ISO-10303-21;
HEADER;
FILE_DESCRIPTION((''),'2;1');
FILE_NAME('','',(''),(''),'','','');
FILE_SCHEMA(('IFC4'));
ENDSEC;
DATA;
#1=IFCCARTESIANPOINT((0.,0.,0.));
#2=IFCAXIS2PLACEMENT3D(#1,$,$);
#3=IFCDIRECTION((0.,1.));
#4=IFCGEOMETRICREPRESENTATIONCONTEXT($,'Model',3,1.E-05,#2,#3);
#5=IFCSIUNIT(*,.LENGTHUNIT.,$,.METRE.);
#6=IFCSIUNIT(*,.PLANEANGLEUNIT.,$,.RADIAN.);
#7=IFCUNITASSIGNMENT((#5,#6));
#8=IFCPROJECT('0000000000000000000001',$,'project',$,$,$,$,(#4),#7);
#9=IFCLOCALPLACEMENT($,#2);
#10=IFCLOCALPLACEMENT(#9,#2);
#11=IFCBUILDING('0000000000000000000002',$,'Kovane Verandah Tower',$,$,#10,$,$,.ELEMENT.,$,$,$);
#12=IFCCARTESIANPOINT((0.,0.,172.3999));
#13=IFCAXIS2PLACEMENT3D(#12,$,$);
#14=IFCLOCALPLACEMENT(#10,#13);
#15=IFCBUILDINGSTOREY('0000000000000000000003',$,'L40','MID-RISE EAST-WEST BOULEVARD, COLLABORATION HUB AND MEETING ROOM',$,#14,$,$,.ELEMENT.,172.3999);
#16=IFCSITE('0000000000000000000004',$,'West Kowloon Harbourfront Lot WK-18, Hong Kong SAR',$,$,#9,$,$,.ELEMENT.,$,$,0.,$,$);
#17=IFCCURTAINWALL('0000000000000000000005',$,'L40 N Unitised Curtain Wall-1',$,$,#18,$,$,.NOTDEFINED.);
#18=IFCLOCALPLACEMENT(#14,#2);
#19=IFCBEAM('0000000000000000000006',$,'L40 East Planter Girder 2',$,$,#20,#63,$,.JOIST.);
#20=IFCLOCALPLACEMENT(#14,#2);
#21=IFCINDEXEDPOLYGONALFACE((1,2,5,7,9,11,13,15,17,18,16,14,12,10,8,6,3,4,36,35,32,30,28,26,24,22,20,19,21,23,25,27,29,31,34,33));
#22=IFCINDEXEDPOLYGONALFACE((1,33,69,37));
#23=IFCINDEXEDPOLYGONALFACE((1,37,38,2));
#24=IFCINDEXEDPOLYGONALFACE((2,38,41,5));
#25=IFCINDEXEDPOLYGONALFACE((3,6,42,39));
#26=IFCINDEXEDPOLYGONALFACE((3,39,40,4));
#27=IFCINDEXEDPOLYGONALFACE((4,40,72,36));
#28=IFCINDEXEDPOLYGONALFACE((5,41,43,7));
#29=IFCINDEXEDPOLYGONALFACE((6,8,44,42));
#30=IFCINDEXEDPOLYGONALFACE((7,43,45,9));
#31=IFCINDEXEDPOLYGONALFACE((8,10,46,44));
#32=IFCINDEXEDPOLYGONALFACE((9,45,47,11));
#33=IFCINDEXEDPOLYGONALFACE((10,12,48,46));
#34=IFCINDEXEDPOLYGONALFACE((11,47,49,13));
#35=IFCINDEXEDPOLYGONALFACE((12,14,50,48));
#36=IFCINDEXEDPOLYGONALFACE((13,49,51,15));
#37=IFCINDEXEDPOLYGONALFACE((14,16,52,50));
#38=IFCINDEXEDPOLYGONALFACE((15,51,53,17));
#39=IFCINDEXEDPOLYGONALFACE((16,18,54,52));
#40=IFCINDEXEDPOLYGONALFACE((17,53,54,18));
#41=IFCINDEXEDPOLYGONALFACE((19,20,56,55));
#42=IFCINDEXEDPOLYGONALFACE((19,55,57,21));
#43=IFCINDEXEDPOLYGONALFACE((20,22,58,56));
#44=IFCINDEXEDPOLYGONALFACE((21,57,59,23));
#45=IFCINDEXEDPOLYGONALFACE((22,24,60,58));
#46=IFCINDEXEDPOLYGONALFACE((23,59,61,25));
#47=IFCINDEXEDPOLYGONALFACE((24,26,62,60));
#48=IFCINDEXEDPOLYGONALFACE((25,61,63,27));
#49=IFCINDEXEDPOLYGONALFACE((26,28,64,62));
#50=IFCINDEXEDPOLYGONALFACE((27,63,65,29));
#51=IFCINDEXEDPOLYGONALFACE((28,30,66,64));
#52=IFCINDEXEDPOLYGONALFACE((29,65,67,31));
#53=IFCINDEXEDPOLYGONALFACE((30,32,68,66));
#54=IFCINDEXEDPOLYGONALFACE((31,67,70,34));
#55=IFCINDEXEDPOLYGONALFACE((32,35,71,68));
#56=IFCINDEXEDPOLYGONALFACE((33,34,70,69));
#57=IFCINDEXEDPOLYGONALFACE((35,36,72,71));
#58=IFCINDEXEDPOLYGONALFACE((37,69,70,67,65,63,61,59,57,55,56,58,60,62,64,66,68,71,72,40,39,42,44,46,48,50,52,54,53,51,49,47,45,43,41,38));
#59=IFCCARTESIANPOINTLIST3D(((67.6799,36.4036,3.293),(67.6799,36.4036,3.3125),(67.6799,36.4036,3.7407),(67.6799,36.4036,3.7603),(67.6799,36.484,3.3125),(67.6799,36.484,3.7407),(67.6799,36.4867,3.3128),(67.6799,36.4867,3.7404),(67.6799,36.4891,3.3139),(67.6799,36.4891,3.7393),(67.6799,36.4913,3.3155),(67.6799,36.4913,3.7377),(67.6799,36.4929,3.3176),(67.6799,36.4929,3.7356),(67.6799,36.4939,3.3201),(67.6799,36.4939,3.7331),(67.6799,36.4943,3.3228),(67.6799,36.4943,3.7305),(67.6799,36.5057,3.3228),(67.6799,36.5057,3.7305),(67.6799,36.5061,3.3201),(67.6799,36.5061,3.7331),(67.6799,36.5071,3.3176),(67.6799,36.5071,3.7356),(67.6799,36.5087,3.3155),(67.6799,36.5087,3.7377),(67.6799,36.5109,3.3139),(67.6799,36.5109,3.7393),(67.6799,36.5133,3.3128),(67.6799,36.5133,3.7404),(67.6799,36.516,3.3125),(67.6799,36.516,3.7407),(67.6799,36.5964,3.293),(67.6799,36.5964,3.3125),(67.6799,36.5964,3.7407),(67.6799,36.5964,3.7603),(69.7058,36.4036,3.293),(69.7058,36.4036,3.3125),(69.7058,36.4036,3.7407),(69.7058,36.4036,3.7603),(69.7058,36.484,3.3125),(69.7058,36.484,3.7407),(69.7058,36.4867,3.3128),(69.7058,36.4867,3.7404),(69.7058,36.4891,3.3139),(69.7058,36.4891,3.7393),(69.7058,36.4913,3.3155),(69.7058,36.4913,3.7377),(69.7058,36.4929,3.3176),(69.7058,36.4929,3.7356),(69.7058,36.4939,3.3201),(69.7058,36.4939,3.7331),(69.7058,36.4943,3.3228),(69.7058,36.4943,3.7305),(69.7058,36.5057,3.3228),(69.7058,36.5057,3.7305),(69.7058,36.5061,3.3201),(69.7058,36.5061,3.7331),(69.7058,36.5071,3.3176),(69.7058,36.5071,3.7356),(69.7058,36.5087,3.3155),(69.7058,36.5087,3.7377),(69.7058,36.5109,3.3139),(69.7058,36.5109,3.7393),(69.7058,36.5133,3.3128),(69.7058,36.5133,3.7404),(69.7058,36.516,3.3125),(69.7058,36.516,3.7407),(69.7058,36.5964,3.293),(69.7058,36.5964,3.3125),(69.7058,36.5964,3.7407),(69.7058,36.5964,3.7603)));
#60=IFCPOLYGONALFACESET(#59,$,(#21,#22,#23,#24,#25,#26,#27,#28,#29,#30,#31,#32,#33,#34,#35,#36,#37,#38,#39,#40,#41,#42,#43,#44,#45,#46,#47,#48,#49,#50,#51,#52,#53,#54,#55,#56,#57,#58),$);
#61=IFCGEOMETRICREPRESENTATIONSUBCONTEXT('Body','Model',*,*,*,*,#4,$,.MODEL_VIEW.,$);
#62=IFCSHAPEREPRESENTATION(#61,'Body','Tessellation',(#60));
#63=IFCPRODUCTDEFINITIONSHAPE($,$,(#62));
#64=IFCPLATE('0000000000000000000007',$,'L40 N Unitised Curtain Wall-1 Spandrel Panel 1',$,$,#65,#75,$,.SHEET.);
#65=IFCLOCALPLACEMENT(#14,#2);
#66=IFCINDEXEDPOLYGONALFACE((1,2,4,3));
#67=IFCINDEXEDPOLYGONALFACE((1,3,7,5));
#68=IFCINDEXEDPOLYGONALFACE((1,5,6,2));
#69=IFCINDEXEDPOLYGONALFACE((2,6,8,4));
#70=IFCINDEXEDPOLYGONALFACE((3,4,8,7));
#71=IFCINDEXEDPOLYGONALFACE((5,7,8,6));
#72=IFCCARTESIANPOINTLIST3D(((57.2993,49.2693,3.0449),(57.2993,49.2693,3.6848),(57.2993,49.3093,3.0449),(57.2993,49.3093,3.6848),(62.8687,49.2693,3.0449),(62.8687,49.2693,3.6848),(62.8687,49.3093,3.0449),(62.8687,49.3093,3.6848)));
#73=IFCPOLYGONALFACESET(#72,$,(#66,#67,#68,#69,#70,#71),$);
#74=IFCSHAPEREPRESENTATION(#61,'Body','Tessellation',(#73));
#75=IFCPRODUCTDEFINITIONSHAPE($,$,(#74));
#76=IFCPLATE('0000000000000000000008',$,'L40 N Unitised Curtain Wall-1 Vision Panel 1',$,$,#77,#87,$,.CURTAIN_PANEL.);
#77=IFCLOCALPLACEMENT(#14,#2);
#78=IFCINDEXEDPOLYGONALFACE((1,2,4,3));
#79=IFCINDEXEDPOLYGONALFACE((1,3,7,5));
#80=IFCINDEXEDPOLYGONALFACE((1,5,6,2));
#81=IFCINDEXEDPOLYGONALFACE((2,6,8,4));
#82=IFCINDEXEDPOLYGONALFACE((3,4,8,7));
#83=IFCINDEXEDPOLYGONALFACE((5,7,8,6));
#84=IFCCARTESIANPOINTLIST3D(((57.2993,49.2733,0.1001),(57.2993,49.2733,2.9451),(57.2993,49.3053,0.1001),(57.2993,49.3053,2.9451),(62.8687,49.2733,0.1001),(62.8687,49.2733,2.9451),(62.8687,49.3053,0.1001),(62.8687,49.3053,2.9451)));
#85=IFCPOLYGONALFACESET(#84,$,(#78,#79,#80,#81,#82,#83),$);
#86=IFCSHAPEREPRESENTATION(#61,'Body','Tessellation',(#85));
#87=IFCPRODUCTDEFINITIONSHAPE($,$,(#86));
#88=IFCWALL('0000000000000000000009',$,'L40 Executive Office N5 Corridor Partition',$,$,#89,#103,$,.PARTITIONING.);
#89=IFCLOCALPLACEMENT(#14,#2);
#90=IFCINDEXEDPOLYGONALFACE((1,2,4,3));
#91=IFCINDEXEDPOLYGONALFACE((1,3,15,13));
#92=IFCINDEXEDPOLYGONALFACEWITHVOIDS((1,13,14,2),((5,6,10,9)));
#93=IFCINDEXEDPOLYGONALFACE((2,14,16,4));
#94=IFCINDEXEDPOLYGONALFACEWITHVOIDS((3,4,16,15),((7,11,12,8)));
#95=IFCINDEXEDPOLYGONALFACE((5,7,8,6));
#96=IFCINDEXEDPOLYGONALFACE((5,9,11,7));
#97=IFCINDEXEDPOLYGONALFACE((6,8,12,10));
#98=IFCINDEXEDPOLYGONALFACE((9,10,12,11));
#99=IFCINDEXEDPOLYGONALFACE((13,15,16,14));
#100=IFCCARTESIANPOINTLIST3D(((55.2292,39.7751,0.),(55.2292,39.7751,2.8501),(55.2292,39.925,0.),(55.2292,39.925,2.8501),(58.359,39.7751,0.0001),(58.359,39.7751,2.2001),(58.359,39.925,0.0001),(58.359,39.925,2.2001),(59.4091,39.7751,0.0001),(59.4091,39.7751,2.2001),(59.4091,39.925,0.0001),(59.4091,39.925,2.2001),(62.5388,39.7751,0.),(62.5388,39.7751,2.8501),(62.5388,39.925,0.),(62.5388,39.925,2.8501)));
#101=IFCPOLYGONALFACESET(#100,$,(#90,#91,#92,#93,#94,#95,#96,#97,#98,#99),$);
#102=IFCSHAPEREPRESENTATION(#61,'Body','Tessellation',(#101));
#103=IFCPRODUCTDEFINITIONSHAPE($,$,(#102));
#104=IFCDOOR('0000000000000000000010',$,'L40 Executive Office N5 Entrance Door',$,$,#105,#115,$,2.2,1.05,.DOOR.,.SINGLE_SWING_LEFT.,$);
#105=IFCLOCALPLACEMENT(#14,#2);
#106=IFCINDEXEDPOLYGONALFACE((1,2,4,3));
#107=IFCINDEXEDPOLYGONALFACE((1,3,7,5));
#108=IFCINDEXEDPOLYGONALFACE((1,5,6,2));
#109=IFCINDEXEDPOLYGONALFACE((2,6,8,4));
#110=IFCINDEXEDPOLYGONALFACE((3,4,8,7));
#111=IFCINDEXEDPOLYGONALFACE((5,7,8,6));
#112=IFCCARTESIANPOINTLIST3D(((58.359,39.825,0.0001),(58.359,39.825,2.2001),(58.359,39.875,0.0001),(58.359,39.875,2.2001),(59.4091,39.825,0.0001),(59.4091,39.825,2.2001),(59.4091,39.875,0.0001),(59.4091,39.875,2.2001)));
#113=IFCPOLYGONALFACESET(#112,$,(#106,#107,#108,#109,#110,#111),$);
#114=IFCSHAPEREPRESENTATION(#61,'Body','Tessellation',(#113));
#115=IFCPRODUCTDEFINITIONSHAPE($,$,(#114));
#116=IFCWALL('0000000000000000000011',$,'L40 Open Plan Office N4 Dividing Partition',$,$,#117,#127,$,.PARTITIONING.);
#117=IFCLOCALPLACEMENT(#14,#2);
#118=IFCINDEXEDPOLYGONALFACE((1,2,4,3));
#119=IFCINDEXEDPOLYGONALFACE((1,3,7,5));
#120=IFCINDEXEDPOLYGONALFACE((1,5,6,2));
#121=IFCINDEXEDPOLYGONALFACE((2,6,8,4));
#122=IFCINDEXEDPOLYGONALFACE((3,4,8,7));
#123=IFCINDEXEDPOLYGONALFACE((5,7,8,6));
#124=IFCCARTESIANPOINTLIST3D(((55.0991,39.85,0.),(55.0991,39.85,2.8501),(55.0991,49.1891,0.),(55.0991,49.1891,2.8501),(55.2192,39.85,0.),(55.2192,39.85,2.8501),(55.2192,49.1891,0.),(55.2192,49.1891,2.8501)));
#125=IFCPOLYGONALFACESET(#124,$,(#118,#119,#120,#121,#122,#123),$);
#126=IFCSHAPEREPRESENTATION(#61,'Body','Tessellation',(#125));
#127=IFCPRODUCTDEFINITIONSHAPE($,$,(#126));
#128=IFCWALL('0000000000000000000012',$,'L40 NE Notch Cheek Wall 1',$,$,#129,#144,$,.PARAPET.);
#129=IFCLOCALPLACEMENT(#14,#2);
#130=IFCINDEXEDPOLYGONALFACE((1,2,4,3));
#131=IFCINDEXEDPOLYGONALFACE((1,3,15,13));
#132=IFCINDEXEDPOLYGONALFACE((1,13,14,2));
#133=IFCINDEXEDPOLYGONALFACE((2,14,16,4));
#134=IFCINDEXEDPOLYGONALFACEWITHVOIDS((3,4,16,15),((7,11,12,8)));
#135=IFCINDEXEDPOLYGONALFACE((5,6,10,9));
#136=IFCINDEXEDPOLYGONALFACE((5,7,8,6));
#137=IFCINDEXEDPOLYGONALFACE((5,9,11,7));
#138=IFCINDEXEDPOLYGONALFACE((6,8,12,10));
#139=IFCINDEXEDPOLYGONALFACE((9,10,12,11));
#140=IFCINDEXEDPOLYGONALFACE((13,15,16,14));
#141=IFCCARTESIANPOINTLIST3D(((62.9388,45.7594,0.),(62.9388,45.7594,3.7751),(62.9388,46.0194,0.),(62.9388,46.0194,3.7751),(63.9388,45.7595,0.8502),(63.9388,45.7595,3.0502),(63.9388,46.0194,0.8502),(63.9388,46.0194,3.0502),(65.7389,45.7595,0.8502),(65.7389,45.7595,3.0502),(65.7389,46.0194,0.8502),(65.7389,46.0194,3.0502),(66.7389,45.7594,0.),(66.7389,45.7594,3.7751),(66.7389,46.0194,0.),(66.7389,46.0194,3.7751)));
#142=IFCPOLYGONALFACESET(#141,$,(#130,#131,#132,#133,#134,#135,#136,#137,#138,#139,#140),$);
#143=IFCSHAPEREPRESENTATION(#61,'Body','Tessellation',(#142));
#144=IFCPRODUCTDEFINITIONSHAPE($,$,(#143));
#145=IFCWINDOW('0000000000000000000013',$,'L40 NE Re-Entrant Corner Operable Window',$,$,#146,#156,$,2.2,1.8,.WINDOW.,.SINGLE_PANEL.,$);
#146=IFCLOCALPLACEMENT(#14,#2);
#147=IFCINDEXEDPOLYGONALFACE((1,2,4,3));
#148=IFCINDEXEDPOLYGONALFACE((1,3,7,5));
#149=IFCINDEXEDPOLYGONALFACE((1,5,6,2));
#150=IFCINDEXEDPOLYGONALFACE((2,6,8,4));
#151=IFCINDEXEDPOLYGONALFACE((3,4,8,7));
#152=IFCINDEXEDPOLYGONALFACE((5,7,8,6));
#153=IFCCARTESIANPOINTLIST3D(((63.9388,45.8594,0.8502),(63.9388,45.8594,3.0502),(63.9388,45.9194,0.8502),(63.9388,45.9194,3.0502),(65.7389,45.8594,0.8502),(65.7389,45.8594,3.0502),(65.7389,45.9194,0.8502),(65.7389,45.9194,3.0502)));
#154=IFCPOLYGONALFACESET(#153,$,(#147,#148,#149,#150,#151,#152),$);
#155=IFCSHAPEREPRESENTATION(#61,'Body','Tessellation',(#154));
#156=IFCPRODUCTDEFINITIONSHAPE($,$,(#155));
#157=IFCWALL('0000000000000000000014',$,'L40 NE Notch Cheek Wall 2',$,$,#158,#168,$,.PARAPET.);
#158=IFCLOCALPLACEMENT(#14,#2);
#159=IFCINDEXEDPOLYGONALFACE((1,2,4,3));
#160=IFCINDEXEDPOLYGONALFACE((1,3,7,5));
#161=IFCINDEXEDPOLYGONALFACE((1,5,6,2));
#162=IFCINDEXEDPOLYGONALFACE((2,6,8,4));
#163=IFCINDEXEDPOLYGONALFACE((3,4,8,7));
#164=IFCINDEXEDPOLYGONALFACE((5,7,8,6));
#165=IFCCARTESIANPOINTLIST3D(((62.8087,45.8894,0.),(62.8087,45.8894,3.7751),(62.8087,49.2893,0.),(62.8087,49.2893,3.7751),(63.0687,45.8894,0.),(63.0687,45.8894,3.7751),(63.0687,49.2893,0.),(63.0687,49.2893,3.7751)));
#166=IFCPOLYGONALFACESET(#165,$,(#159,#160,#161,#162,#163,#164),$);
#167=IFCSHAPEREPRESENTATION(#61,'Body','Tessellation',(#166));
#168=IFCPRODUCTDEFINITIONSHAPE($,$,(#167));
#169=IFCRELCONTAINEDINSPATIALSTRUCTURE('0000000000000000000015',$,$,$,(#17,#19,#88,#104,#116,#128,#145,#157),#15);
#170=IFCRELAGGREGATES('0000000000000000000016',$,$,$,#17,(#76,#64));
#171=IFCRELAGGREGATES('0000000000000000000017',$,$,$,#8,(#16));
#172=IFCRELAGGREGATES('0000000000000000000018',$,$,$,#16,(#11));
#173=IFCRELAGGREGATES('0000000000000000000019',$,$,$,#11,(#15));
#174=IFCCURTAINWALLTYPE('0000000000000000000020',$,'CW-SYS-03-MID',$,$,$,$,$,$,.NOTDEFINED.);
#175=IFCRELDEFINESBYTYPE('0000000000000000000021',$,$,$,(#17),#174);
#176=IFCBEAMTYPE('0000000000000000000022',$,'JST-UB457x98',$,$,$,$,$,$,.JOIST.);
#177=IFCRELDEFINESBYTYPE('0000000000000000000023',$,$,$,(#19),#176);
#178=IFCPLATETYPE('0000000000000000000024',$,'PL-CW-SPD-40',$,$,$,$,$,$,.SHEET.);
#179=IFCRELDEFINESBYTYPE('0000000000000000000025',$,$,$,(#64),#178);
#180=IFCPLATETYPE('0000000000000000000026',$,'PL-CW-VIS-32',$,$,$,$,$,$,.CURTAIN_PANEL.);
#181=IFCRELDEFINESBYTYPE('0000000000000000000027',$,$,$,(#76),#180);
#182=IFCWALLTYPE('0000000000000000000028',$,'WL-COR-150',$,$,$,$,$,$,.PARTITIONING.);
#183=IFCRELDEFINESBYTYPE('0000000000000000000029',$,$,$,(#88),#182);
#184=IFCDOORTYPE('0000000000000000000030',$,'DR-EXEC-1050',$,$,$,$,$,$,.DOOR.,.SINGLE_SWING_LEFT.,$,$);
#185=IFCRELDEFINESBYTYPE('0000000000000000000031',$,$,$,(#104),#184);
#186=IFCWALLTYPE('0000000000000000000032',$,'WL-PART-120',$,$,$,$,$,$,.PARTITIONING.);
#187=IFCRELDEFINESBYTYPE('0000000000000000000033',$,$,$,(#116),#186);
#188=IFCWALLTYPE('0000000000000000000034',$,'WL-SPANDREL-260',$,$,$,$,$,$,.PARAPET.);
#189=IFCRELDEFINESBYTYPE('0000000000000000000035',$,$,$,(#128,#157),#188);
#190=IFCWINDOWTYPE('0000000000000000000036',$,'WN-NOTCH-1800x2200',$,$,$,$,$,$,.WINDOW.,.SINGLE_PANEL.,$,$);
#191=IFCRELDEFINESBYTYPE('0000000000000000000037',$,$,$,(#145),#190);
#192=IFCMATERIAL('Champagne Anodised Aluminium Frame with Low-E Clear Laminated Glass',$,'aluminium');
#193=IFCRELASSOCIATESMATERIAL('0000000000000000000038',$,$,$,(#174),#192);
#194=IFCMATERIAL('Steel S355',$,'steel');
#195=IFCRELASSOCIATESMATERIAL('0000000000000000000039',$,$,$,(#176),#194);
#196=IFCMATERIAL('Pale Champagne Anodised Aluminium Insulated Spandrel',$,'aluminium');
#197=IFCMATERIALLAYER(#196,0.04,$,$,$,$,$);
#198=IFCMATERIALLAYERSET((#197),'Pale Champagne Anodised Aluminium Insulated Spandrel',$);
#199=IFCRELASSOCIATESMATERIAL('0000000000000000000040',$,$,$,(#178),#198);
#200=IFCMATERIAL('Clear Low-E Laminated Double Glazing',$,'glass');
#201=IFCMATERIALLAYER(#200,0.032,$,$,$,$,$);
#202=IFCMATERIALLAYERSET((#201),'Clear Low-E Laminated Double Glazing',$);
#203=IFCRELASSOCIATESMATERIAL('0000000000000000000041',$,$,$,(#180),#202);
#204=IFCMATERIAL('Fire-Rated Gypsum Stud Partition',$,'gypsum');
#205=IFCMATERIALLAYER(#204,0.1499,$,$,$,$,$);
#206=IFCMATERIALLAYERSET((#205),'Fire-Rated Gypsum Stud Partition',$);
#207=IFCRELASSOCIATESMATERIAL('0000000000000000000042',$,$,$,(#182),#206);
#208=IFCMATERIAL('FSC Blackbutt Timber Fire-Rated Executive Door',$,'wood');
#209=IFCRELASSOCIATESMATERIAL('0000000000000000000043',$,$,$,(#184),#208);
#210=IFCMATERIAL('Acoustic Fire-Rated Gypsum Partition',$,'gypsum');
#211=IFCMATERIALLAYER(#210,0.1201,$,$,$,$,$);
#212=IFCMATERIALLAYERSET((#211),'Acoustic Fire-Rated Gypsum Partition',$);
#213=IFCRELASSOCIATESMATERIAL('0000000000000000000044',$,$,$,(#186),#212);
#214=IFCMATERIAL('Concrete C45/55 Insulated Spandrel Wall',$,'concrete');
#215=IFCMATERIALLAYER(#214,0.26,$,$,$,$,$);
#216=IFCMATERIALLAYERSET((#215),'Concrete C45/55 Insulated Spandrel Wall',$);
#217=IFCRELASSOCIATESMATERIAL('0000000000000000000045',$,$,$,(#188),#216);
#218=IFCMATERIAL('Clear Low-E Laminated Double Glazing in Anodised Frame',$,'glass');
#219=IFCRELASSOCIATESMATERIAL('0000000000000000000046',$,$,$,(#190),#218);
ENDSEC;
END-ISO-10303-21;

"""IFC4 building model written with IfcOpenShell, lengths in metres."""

from ifc_helpers import new_model, si_unit, direction, frame, frame_2d, origin, origin_2d, place, context, subcontext, project, spatial, rectangle, i_section, extrude, material, layer, layer_set, material_profile, profile_set, type_object, element, fill, aggregate, save


model = new_model("IFC4")

# Units and contexts
model_context = context("Model", 3, precision=1e-05, world=origin(), true_north=direction((0.0, 1.0)))
body_context = subcontext(model_context, "Body", "Model", "MODEL_VIEW")
ifc_project = project(units=[si_unit("LENGTHUNIT", "METRE"), si_unit("PLANEANGLEUNIT", "RADIAN")], contexts=[model_context])

# Site, building, storey
site_placement = place(None, origin())
site = spatial("IfcSite", under=ifc_project, at=site_placement, Name="West Kowloon Harbourfront Lot WK-18, Hong Kong SAR", CompositionType="ELEMENT", RefElevation=0.0)
building_placement = place(site_placement, origin())
building = spatial("IfcBuilding", under=site, at=building_placement, Name="Kovane Verandah Tower", CompositionType="ELEMENT")
storey_placement = place(building_placement, frame((0.0, 0.0, 172.3999)))
storey = spatial("IfcBuildingStorey", under=building, at=storey_placement, Name="L40", Description="MID-RISE EAST-WEST BOULEVARD, COLLABORATION HUB AND MEETING ROOM", CompositionType="ELEMENT", Elevation=172.3999)

# Shared definitions
ifc_material_1 = material(Name="Steel S355", Category="steel")

# Curtain wall
ifc_material_2 = material(Name="Champagne Anodised Aluminium Frame with Low-E Clear Laminated Glass", Category="aluminium")
curtain_wall_type = type_object("IfcCurtainWallType", Name="CW-SYS-03-MID", PredefinedType="NOTDEFINED", material=ifc_material_2)
curtain_wall_placement = place(storey_placement, origin())
curtain_wall = element("IfcCurtainWall", 1, at=curtain_wall_placement, inside=storey, type_object=curtain_wall_type, Name="L40 N Unitised Curtain Wall-1", PredefinedType="NOTDEFINED")

# Beam
ifc_material_profile_1 = material_profile(ifc_material_1, i_section(OverallWidth=0.1929, OverallDepth=0.4673, WebThickness=0.0115, FlangeThickness=0.0195, FilletRadius=0.0103, at=origin_2d()), Name="UB457x191x98")
ifc_profile_set_1 = profile_set([ifc_material_profile_1], Name="Steel S355")
beam_type_1 = type_object("IfcBeamType", Name="JST-UB457x98", PredefinedType="JOIST", material=ifc_profile_set_1)
beam_1_placement = place(storey_placement, frame((67.6799, 36.5, 3.5266), z_axis=(1.0, 0.0, 0.0), x_axis=(0.0, 1.0, 0.0)))
element("IfcBeam", 2, at=beam_1_placement, inside=storey, type_object=beam_type_1, Name="L40 East Planter Girder 2", PredefinedType="JOIST", context=body_context, shape_type="SweptSolid", body=[
    extrude(i_section(OverallWidth=0.1929, OverallDepth=0.4673, WebThickness=0.0115, FlangeThickness=0.0195, FilletRadius=0.0103, at=origin_2d()), origin(), (0.0, 0.0, 1.0), 2.0259),
])

# Plates
ifc_material_3 = material(Name="Pale Champagne Anodised Aluminium Insulated Spandrel", Category="aluminium")
ifc_layer_1 = layer(ifc_material_3, 0.04)
ifc_layer_set_1 = layer_set([ifc_layer_1], Name="Pale Champagne Anodised Aluminium Insulated Spandrel")
plate_type_1 = type_object("IfcPlateType", Name="PL-CW-SPD-40", PredefinedType="SHEET", material=ifc_layer_set_1)
plate_1_placement = place(storey_placement, frame((60.084, 49.2893, 3.0449), z_axis=(0.0, 0.0, 1.0), x_axis=(-1.0, 0.0, 0.0)))
plate_1 = element("IfcPlate", 3, at=plate_1_placement, type_object=plate_type_1, Name="L40 N Unitised Curtain Wall-1 Spandrel Panel 1", PredefinedType="SHEET", context=body_context, shape_type="SweptSolid", body=[
    extrude(rectangle(XDim=5.5693, YDim=0.04, at=origin_2d()), origin(), (0.0, 0.0, 1.0), 0.6399),
])
ifc_material_4 = material(Name="Clear Low-E Laminated Double Glazing", Category="glass")
ifc_layer_2 = layer(ifc_material_4, 0.032)
ifc_layer_set_2 = layer_set([ifc_layer_2], Name="Clear Low-E Laminated Double Glazing")
plate_type_2 = type_object("IfcPlateType", Name="PL-CW-VIS-32", PredefinedType="CURTAIN_PANEL", material=ifc_layer_set_2)
plate_2_placement = place(storey_placement, frame((60.084, 49.2893, 0.1001), z_axis=(0.0, 0.0, 1.0), x_axis=(-1.0, 0.0, 0.0)))
plate_2 = element("IfcPlate", 4, at=plate_2_placement, type_object=plate_type_2, Name="L40 N Unitised Curtain Wall-1 Vision Panel 1", PredefinedType="CURTAIN_PANEL", context=body_context, shape_type="SweptSolid", body=[
    extrude(rectangle(XDim=5.5693, YDim=0.032, at=origin_2d()), origin(), (0.0, 0.0, 1.0), 2.845),
])
aggregate(curtain_wall, [plate_2, plate_1])

# Wall, opening, door
ifc_material_5 = material(Name="Fire-Rated Gypsum Stud Partition", Category="gypsum")
ifc_layer_3 = layer(ifc_material_5, 0.1499)
ifc_layer_set_3 = layer_set([ifc_layer_3], Name="Fire-Rated Gypsum Stud Partition")
wall_type_1 = type_object("IfcWallType", Name="WL-COR-150", PredefinedType="PARTITIONING", material=ifc_layer_set_3)
wall_1_placement = place(storey_placement, frame((55.2292, 39.8501, 0.0), z_axis=(0.0, 0.0, 1.0), x_axis=(1.0, 0.0, 0.0)))
wall_1 = element("IfcWall", 5, at=wall_1_placement, inside=storey, type_object=wall_type_1, Name="L40 Executive Office N5 Corridor Partition", PredefinedType="PARTITIONING", context=body_context, shape_type="SweptSolid", body=[
    extrude(rectangle(XDim=7.3096, YDim=0.1499, at=frame_2d((3.6548, 0.0))), origin(), (0.0, 0.0, 1.0), 2.8501),
])
opening_1_placement = place(wall_1_placement, frame((3.1299, 0.0, 0.0)))
opening_1 = element("IfcOpeningElement", 6, at=opening_1_placement, cuts=wall_1, PredefinedType="OPENING", context=body_context, shape_type="SweptSolid", body=[
    extrude(rectangle(XDim=1.05, YDim=2.2, at=frame_2d((0.5249, 1.1001))), frame((0.0, 0.075, 0.0), z_axis=(0.0, -1.0, 0.0), x_axis=(1.0, 0.0, 0.0)), (0.0, 0.0, 1.0), 0.1499),
])
ifc_material_6 = material(Name="FSC Blackbutt Timber Fire-Rated Executive Door", Category="wood")
door_type = type_object("IfcDoorType", Name="DR-EXEC-1050", OperationType="SINGLE_SWING_LEFT", PredefinedType="DOOR", material=ifc_material_6)
door_placement = place(opening_1_placement, origin())
door = element("IfcDoor", 7, at=door_placement, inside=storey, type_object=door_type, Name="L40 Executive Office N5 Entrance Door", OperationType="SINGLE_SWING_LEFT", OverallHeight=2.2, OverallWidth=1.05, PredefinedType="DOOR", context=body_context, shape_type="SweptSolid", body=[
    extrude(rectangle(XDim=1.05, YDim=2.2, at=frame_2d((0.5249, 1.1001))), frame((0.0, 0.0249, 0.0), z_axis=(0.0, -1.0, 0.0), x_axis=(1.0, 0.0, 0.0)), (0.0, 0.0, 1.0), 0.05),
])
fill(opening_1, door)

# Wall
ifc_material_7 = material(Name="Acoustic Fire-Rated Gypsum Partition", Category="gypsum")
ifc_layer_4 = layer(ifc_material_7, 0.1201)
ifc_layer_set_4 = layer_set([ifc_layer_4], Name="Acoustic Fire-Rated Gypsum Partition")
wall_type_2 = type_object("IfcWallType", Name="WL-PART-120", PredefinedType="PARTITIONING", material=ifc_layer_set_4)
wall_2_placement = place(storey_placement, frame((55.1592, 39.8501, 0.0), z_axis=(0.0, 0.0, 1.0), x_axis=(0.0, 1.0, 0.0)))
element("IfcWall", 8, at=wall_2_placement, inside=storey, type_object=wall_type_2, Name="L40 Open Plan Office N4 Dividing Partition", PredefinedType="PARTITIONING", context=body_context, shape_type="SweptSolid", body=[
    extrude(rectangle(XDim=9.3391, YDim=0.1201, at=frame_2d((4.6694, 0.0))), origin(), (0.0, 0.0, 1.0), 2.8501),
])

# Wall, opening, window
ifc_material_8 = material(Name="Concrete C45/55 Insulated Spandrel Wall", Category="concrete")
ifc_layer_5 = layer(ifc_material_8, 0.26)
ifc_layer_set_5 = layer_set([ifc_layer_5], Name="Concrete C45/55 Insulated Spandrel Wall")
wall_type_3 = type_object("IfcWallType", Name="WL-SPANDREL-260", PredefinedType="PARAPET", material=ifc_layer_set_5)
wall_3_placement = place(storey_placement, frame((66.7388, 45.8894, 0.0), z_axis=(0.0, 0.0, 1.0), x_axis=(-1.0, 0.0, 0.0)))
wall_3 = element("IfcWall", 9, at=wall_3_placement, inside=storey, type_object=wall_type_3, Name="L40 NE Notch Cheek Wall 1", PredefinedType="PARAPET", context=body_context, shape_type="SweptSolid", body=[
    extrude(rectangle(XDim=3.8, YDim=0.26, at=frame_2d((1.8999, 0.0))), origin(), (0.0, 0.0, 1.0), 3.7751),
])
opening_2_placement = place(wall_3_placement, frame((1.0, 0.0, 0.8501)))
opening_2 = element("IfcOpeningElement", 10, at=opening_2_placement, cuts=wall_3, PredefinedType="OPENING", context=body_context, shape_type="SweptSolid", body=[
    extrude(rectangle(XDim=1.8, YDim=2.2, at=frame_2d((0.8999, 1.1001))), frame((0.0, 0.1299, 0.0), z_axis=(0.0, -1.0, 0.0), x_axis=(1.0, 0.0, 0.0)), (0.0, 0.0, 1.0), 0.26),
])
ifc_material_9 = material(Name="Clear Low-E Laminated Double Glazing in Anodised Frame", Category="glass")
window_type = type_object("IfcWindowType", Name="WN-NOTCH-1800x2200", PartitioningType="SINGLE_PANEL", PredefinedType="WINDOW", material=ifc_material_9)
window_placement = place(opening_2_placement, origin())
window = element("IfcWindow", 11, at=window_placement, inside=storey, type_object=window_type, Name="L40 NE Re-Entrant Corner Operable Window", OverallHeight=2.2, OverallWidth=1.8, PartitioningType="SINGLE_PANEL", PredefinedType="WINDOW", context=body_context, shape_type="SweptSolid", body=[
    extrude(rectangle(XDim=1.8, YDim=2.2, at=frame_2d((0.8999, 1.1001))), frame((0.0, 0.03, 0.0), z_axis=(0.0, -1.0, 0.0), x_axis=(1.0, 0.0, 0.0)), (0.0, 0.0, 1.0), 0.0601),
])
fill(opening_2, window)

# Wall
wall_4_placement = place(storey_placement, frame((62.9387, 45.8894, 0.0), z_axis=(0.0, 0.0, 1.0), x_axis=(0.0, 1.0, 0.0)))
element("IfcWall", 12, at=wall_4_placement, inside=storey, type_object=wall_type_3, Name="L40 NE Notch Cheek Wall 2", PredefinedType="PARAPET", context=body_context, shape_type="SweptSolid", body=[
    extrude(rectangle(XDim=3.3999, YDim=0.26, at=frame_2d((1.7, 0.0))), origin(), (0.0, 0.0, 1.0), 3.7751),
])

save(model, "model.ifc")
